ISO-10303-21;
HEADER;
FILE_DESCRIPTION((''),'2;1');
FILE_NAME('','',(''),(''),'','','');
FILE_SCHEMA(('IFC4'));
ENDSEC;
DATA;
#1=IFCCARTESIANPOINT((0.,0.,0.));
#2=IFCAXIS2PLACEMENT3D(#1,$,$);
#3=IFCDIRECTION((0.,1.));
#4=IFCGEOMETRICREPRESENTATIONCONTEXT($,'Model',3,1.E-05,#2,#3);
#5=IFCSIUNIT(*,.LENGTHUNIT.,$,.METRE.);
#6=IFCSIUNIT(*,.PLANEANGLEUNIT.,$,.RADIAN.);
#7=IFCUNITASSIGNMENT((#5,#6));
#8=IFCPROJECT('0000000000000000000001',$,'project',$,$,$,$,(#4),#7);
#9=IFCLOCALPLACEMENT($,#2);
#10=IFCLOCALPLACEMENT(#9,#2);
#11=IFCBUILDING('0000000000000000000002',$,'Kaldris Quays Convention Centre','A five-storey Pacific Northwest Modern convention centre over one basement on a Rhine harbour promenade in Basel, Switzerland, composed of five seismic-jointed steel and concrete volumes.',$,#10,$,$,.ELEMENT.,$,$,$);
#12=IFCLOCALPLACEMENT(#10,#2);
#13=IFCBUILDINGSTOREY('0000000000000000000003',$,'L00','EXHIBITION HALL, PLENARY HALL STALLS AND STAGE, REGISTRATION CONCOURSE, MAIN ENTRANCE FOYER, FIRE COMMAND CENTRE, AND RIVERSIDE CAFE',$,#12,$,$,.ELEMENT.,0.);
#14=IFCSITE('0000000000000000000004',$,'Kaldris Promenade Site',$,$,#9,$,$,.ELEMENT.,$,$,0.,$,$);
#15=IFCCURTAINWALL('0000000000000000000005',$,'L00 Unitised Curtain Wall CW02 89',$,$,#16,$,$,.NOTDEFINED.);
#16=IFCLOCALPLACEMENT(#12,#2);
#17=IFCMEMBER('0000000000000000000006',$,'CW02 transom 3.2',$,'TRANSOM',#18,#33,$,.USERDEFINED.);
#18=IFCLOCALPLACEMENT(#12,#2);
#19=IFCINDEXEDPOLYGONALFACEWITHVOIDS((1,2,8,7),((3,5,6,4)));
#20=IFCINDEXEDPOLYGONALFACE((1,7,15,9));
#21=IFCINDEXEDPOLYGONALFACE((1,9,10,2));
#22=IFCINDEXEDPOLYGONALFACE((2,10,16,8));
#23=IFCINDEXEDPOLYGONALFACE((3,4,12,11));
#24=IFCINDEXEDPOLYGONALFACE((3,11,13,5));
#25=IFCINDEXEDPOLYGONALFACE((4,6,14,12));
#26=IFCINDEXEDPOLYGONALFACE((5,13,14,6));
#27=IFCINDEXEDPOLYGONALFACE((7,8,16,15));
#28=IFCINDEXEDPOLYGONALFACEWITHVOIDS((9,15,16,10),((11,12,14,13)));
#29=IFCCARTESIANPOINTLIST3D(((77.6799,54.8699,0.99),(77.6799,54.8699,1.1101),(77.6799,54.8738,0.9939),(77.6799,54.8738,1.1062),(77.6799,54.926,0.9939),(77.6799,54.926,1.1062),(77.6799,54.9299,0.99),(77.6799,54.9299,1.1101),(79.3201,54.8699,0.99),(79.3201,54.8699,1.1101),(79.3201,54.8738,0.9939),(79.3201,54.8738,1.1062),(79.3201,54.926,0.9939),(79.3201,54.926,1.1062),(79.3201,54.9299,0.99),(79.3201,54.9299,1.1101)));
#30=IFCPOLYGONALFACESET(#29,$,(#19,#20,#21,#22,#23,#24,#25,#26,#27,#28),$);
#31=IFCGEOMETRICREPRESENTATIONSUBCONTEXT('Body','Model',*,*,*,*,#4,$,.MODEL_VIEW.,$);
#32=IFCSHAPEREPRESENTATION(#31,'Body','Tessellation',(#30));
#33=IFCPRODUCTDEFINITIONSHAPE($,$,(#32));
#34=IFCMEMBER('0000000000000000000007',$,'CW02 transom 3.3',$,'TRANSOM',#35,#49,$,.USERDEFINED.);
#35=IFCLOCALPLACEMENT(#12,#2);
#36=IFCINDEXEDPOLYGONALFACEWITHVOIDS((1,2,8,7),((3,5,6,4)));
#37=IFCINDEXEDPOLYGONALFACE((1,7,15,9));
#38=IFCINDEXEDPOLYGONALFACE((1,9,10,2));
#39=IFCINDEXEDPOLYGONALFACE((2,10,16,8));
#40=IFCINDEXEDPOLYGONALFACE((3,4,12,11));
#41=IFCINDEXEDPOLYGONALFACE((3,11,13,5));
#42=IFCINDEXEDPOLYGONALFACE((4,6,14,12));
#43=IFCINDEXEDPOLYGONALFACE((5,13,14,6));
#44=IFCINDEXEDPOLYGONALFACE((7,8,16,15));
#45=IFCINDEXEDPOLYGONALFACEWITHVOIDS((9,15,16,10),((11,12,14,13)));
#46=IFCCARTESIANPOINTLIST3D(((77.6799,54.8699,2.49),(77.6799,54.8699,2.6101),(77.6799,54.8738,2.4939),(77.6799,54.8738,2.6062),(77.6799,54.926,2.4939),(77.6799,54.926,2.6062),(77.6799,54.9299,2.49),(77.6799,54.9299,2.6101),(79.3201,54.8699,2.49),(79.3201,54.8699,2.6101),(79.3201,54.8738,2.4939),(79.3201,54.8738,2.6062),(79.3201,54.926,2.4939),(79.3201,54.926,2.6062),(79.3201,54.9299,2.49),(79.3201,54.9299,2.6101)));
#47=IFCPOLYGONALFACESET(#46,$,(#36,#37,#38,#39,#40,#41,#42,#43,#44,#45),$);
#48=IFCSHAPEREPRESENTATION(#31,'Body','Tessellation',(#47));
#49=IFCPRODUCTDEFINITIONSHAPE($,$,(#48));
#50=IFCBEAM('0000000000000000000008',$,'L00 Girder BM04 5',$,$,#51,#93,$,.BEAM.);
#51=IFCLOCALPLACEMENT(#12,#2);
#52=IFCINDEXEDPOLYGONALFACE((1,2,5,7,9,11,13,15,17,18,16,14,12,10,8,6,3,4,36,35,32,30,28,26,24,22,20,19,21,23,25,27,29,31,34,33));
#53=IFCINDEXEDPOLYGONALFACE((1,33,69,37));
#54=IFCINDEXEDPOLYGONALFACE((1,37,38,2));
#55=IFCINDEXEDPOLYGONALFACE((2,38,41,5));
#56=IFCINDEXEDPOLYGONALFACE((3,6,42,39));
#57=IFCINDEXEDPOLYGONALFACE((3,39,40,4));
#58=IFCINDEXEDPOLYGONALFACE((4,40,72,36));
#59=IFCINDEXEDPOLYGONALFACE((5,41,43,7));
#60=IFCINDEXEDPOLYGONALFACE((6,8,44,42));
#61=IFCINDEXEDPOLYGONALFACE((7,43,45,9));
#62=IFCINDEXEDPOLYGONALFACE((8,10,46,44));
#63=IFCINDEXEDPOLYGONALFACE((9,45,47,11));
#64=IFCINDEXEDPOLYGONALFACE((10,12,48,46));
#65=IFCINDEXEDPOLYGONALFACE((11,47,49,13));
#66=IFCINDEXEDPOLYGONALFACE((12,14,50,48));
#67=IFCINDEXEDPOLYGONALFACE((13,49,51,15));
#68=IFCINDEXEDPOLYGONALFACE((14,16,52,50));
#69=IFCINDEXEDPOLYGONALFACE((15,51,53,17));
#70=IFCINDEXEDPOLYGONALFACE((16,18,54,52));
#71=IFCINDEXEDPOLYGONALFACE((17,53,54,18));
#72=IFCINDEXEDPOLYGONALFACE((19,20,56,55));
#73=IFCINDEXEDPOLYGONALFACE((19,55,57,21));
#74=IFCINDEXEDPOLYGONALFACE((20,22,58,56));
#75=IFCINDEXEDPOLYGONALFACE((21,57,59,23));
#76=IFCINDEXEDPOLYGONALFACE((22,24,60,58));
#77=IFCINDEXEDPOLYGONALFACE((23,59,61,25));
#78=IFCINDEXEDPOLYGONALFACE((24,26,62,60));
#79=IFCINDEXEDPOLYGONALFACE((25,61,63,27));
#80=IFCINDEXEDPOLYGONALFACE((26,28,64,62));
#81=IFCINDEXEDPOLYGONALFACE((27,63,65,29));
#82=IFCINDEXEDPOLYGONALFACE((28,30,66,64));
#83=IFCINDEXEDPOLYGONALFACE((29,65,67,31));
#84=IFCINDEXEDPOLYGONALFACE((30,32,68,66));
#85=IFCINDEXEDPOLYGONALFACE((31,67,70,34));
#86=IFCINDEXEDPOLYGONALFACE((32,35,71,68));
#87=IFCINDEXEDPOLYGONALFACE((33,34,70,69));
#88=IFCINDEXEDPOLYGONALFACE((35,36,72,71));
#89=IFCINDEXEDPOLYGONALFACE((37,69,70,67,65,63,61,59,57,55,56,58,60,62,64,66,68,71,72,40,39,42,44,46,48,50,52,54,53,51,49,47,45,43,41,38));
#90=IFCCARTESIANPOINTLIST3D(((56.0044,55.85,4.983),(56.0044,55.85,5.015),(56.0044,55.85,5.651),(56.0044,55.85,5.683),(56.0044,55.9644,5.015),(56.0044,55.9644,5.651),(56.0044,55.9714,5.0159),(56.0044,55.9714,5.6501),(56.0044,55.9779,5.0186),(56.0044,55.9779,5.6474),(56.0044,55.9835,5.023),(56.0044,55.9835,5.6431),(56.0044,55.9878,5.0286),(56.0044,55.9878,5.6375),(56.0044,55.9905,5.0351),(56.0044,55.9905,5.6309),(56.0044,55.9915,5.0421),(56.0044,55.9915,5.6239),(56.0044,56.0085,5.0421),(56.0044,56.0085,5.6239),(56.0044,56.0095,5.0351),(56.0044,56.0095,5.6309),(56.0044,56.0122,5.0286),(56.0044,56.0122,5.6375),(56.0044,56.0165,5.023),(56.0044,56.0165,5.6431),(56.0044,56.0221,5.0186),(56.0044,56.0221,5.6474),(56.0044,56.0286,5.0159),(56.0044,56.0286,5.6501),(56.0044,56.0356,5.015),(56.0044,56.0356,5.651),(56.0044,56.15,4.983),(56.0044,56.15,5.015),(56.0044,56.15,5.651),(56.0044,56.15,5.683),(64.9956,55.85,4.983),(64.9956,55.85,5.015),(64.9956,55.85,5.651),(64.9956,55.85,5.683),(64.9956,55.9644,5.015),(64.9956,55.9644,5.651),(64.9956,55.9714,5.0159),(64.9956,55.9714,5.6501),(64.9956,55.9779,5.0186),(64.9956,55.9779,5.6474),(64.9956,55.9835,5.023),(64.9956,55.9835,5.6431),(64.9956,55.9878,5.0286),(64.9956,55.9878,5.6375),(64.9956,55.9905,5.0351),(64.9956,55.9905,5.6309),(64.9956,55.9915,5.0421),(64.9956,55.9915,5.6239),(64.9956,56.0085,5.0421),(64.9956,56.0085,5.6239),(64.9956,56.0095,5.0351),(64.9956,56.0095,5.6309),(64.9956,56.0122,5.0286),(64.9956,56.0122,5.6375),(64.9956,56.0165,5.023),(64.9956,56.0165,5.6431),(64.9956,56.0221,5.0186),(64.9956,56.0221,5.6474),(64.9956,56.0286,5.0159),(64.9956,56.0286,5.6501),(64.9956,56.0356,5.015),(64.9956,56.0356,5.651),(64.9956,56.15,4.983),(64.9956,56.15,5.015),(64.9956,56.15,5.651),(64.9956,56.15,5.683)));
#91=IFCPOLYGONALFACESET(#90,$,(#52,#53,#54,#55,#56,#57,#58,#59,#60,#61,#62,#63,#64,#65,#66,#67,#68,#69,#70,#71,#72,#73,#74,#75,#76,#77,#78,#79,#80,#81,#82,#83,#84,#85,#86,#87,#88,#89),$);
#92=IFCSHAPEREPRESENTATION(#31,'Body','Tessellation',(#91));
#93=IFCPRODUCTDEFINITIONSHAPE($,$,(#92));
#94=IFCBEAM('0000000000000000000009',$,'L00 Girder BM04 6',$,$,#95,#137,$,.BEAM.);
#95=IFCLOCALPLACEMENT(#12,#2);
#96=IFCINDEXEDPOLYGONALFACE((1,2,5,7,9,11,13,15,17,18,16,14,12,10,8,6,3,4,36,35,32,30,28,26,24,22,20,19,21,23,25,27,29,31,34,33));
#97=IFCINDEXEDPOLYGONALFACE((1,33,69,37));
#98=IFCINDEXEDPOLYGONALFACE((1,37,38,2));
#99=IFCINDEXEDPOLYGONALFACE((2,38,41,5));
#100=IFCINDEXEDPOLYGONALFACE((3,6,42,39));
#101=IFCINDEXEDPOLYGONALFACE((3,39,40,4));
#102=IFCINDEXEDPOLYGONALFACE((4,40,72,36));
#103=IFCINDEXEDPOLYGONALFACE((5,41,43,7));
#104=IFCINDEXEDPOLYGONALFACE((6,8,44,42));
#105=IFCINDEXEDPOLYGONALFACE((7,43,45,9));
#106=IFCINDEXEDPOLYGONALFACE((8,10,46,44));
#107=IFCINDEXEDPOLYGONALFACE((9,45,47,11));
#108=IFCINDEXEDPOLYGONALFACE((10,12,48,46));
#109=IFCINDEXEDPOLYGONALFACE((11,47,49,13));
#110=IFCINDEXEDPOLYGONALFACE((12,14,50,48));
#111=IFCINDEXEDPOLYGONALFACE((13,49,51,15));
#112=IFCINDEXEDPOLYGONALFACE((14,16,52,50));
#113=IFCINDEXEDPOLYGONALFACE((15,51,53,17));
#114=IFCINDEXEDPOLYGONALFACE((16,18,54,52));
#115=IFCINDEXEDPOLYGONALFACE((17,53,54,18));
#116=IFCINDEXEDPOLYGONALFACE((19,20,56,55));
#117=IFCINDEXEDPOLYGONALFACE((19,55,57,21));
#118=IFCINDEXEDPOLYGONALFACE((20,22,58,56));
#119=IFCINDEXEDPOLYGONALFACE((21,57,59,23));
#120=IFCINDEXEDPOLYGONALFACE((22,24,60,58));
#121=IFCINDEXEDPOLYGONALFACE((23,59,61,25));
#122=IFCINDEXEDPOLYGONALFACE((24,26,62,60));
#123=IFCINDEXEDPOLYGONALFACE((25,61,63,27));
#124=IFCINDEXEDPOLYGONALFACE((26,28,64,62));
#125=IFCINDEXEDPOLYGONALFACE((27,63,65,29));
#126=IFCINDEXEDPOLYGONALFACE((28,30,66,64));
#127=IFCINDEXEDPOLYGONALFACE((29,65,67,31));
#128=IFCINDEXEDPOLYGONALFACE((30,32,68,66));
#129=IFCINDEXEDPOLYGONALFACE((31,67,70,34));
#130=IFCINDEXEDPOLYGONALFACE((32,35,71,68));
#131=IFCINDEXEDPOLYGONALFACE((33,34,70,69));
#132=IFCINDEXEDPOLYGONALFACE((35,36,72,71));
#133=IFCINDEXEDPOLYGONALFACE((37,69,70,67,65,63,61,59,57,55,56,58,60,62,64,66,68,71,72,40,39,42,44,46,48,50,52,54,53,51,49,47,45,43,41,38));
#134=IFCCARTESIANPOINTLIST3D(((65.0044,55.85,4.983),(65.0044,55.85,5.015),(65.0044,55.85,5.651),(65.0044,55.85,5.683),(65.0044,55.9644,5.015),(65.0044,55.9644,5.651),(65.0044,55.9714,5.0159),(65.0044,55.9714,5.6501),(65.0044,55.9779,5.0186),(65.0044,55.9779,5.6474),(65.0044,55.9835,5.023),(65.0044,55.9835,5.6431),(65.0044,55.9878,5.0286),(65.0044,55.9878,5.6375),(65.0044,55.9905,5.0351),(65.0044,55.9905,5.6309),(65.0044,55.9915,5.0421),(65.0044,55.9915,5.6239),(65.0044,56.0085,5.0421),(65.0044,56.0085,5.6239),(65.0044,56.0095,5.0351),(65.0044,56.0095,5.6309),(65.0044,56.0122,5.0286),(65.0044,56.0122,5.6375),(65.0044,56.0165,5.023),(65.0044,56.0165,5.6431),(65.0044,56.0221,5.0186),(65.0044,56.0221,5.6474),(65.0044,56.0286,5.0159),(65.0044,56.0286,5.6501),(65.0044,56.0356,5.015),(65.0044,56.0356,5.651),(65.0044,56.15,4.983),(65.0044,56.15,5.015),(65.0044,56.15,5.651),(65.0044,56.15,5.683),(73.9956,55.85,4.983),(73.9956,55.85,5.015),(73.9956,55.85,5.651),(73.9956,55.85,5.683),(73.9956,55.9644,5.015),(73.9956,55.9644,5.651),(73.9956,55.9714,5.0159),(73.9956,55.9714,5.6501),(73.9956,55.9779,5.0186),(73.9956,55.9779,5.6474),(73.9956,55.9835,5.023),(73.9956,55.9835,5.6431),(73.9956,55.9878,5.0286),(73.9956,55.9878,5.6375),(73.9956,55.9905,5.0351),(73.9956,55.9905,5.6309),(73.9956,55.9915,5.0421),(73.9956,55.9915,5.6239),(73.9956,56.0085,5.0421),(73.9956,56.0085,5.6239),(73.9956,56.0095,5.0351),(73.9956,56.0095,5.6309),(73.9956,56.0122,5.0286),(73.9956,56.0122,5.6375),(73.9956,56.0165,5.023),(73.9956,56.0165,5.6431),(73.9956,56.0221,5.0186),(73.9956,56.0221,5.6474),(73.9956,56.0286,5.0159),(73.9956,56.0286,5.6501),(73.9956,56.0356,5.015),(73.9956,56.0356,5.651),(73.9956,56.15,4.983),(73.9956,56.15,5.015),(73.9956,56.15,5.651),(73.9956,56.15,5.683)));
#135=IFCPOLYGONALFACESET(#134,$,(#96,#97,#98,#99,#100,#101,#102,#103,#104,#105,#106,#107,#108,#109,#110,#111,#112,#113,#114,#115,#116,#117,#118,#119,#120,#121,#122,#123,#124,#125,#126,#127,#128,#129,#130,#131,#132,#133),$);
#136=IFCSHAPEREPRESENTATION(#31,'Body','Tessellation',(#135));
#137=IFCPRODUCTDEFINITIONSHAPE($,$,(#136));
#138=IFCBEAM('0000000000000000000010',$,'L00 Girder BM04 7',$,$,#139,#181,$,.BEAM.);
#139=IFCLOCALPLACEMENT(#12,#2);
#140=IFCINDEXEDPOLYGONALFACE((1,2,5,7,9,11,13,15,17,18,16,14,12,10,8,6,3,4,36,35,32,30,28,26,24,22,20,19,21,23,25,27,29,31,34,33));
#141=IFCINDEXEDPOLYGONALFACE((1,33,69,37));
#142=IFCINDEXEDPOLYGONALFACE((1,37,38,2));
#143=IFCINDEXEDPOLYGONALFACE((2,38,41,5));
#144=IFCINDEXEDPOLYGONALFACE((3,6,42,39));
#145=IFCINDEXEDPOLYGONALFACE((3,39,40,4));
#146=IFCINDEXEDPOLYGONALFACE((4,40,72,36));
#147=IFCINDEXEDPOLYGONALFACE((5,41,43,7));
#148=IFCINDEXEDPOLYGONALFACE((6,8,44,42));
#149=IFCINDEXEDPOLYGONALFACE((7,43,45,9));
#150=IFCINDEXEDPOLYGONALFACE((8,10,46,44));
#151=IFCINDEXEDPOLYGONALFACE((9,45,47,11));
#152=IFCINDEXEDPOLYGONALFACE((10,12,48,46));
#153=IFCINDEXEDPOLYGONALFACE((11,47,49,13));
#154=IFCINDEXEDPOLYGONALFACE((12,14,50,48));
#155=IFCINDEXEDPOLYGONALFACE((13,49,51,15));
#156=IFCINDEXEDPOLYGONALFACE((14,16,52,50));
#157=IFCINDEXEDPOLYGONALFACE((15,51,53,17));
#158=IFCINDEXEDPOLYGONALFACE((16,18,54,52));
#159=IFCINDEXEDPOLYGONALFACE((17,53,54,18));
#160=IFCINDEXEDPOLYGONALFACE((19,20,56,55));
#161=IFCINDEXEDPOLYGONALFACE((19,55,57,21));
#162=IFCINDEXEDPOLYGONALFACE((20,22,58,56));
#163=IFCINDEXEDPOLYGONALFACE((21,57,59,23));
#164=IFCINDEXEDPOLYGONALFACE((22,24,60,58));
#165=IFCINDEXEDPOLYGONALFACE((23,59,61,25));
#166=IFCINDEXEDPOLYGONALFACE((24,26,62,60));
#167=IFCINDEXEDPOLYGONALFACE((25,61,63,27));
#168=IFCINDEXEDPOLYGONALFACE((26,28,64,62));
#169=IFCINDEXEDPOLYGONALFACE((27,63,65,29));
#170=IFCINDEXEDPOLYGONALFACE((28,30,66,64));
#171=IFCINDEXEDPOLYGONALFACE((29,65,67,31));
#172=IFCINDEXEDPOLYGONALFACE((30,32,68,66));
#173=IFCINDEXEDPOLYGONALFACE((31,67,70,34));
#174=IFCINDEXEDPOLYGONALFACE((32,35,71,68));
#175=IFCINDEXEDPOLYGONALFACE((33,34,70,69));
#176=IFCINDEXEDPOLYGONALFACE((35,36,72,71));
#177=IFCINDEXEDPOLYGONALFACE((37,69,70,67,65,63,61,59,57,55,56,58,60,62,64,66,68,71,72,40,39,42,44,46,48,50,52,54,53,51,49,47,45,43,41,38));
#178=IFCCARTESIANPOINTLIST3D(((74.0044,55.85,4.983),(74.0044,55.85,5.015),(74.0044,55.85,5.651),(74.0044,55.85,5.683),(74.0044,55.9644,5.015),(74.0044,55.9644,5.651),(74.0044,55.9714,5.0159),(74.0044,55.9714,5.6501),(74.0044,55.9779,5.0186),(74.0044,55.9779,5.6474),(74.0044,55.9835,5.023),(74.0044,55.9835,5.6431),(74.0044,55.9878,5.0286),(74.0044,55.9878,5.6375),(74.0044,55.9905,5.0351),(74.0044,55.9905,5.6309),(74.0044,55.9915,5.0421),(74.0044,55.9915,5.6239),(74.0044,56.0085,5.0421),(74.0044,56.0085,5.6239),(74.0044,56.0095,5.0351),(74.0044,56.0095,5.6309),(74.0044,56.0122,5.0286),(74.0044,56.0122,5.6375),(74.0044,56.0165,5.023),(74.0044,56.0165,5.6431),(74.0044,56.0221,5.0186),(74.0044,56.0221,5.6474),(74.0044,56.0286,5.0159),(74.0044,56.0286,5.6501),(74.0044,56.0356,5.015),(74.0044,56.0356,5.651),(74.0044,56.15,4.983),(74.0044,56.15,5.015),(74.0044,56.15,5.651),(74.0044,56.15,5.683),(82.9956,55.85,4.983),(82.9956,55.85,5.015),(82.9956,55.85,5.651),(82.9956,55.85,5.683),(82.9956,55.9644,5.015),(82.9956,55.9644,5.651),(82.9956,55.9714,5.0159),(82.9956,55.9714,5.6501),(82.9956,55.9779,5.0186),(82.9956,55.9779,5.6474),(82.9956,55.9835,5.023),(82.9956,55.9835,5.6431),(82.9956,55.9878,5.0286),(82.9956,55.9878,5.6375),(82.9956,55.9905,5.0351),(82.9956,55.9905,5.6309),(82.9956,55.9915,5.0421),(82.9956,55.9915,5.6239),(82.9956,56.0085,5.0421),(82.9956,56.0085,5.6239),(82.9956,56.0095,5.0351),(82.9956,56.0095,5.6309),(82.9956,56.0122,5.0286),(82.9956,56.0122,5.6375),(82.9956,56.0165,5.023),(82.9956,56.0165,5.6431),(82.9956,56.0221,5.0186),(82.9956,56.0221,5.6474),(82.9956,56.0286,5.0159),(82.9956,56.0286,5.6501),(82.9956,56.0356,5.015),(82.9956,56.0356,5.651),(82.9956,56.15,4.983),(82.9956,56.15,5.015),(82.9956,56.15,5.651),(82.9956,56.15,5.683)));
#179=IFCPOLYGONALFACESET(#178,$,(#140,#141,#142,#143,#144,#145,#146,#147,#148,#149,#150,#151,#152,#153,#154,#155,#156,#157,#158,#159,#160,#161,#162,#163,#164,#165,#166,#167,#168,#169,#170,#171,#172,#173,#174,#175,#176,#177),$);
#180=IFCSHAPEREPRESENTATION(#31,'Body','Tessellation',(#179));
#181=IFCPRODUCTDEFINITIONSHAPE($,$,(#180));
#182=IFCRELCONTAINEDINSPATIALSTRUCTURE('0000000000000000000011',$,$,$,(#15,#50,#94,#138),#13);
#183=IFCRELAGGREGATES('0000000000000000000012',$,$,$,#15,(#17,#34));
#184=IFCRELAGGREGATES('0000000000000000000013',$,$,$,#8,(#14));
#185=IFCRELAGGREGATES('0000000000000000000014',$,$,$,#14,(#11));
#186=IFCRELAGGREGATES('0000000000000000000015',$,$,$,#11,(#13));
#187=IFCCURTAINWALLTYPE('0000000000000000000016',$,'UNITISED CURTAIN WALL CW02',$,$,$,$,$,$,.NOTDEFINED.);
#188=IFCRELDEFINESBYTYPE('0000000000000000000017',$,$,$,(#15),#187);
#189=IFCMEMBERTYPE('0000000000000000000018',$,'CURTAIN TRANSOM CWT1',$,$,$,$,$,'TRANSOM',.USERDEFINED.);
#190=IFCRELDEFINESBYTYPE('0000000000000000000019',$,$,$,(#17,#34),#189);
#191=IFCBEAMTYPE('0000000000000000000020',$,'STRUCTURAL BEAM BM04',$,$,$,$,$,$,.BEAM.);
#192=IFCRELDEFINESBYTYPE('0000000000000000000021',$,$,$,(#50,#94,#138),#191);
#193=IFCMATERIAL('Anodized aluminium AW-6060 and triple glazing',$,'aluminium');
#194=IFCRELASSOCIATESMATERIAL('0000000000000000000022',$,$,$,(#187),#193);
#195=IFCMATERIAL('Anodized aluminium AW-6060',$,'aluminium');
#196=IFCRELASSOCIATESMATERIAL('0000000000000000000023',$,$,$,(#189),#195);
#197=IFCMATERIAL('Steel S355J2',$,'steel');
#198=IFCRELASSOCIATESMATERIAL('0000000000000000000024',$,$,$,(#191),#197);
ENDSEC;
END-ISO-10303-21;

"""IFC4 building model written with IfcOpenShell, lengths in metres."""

from ifc_helpers import new_model, si_unit, direction, frame, origin, origin_2d, place, context, subcontext, project, spatial, hollow_rectangle, i_section, extrude, material, material_profile, profile_set, type_object, element, aggregate, save


model = new_model("IFC4")

# Units and contexts
model_context = context("Model", 3, precision=1e-05, world=origin(), true_north=direction((0.0, 1.0)))
body_context = subcontext(model_context, "Body", "Model", "MODEL_VIEW")
ifc_project = project(units=[si_unit("LENGTHUNIT", "METRE"), si_unit("PLANEANGLEUNIT", "RADIAN")], contexts=[model_context])

# Site, building, storey
site_placement = place(None, origin())
site = spatial("IfcSite", under=ifc_project, at=site_placement, Name="Kaldris Promenade Site", CompositionType="ELEMENT", RefElevation=0.0)
building_placement = place(site_placement, origin())
building = spatial("IfcBuilding", under=site, at=building_placement, Name="Kaldris Quays Convention Centre", Description="A five-storey Pacific Northwest Modern convention centre over one basement on a Rhine harbour promenade in Basel, Switzerland, composed of five seismic-jointed steel and concrete volumes.", CompositionType="ELEMENT")
storey_placement = place(building_placement, origin())
storey = spatial("IfcBuildingStorey", under=building, at=storey_placement, Name="L00", Description="EXHIBITION HALL, PLENARY HALL STALLS AND STAGE, REGISTRATION CONCOURSE, MAIN ENTRANCE FOYER, FIRE COMMAND CENTRE, AND RIVERSIDE CAFE", CompositionType="ELEMENT", Elevation=0.0)

# Shared definitions
ifc_material_1 = material(Name="Steel S355J2", Category="steel")

# Curtain wall, members
ifc_material_2 = material(Name="Anodized aluminium AW-6060 and triple glazing", Category="aluminium")
curtain_wall_type = type_object("IfcCurtainWallType", Name="UNITISED CURTAIN WALL CW02", PredefinedType="NOTDEFINED", material=ifc_material_2)
curtain_wall_placement = place(storey_placement, origin())
curtain_wall = element("IfcCurtainWall", 1, at=curtain_wall_placement, inside=storey, type_object=curtain_wall_type, Name="L00 Unitised Curtain Wall CW02 89", PredefinedType="NOTDEFINED")
ifc_material_3 = material(Name="Anodized aluminium AW-6060", Category="aluminium")
ifc_material_profile_1 = material_profile(ifc_material_3, hollow_rectangle(XDim=0.0601, YDim=0.1201, WallThickness=0.0039, at=origin_2d()), Name="RHS 120x60x4")
ifc_profile_set_1 = profile_set([ifc_material_profile_1], Name="Anodized aluminium AW-6060")
member_type_1 = type_object("IfcMemberType", Name="CURTAIN TRANSOM CWT1", ElementType="TRANSOM", PredefinedType="USERDEFINED", material=ifc_profile_set_1)
member_1_placement = place(storey_placement, frame((77.6799, 54.8999, 1.05), z_axis=(1.0, 0.0, 0.0), x_axis=(0.0, 1.0, 0.0)))
member_1 = element("IfcMember", 2, at=member_1_placement, type_object=member_type_1, Name="CW02 transom 3.2", ObjectType="TRANSOM", PredefinedType="USERDEFINED", context=body_context, shape_type="SweptSolid", body=[
    extrude(hollow_rectangle(XDim=0.0601, YDim=0.1201, WallThickness=0.0039, at=origin_2d()), origin(), (0.0, 0.0, 1.0), 1.6401),
])
member_2_placement = place(storey_placement, frame((77.6799, 54.8999, 2.55), z_axis=(1.0, 0.0, 0.0), x_axis=(0.0, 1.0, 0.0)))
member_2 = element("IfcMember", 3, at=member_2_placement, type_object=member_type_1, Name="CW02 transom 3.3", ObjectType="TRANSOM", PredefinedType="USERDEFINED", context=body_context, shape_type="SweptSolid", body=[
    extrude(hollow_rectangle(XDim=0.0601, YDim=0.1201, WallThickness=0.0039, at=origin_2d()), origin(), (0.0, 0.0, 1.0), 1.6401),
])

# Beams
ifc_material_profile_2 = material_profile(ifc_material_1, i_section(OverallWidth=0.3, OverallDepth=0.7, WebThickness=0.0171, FlangeThickness=0.032, FilletRadius=0.0271, at=origin_2d()), Name="HEB 700")
ifc_profile_set_2 = profile_set([ifc_material_profile_2], Name="Steel S355J2")
beam_type_1 = type_object("IfcBeamType", Name="STRUCTURAL BEAM BM04", PredefinedType="BEAM", material=ifc_profile_set_2)
for number, where, z_axis, x_axis, name in (
    (4, (56.0044, 56.0, 5.333), (1.0, 0.0, 0.0), (0.0, 1.0, 0.0), "L00 Girder BM04 5"),
    (5, (65.0044, 56.0, 5.333), (1.0, 0.0, 0.0), (0.0, 1.0, 0.0), "L00 Girder BM04 6"),
    (6, (74.0044, 56.0, 5.333), (1.0, 0.0, 0.0), (0.0, 1.0, 0.0), "L00 Girder BM04 7"),
):
    element("IfcBeam", number, at=place(storey_placement, frame(where, z_axis=z_axis, x_axis=x_axis)), inside=storey, type_object=beam_type_1, Name=name, PredefinedType="BEAM", context=body_context, shape_type="SweptSolid", body=[
        extrude(i_section(OverallWidth=0.3, OverallDepth=0.7, WebThickness=0.0171, FlangeThickness=0.032, FilletRadius=0.0271, at=origin_2d()), origin(), (0.0, 0.0, 1.0), 8.9912),
    ])

aggregate(curtain_wall, [member_1, member_2])

save(model, "model.ifc")
